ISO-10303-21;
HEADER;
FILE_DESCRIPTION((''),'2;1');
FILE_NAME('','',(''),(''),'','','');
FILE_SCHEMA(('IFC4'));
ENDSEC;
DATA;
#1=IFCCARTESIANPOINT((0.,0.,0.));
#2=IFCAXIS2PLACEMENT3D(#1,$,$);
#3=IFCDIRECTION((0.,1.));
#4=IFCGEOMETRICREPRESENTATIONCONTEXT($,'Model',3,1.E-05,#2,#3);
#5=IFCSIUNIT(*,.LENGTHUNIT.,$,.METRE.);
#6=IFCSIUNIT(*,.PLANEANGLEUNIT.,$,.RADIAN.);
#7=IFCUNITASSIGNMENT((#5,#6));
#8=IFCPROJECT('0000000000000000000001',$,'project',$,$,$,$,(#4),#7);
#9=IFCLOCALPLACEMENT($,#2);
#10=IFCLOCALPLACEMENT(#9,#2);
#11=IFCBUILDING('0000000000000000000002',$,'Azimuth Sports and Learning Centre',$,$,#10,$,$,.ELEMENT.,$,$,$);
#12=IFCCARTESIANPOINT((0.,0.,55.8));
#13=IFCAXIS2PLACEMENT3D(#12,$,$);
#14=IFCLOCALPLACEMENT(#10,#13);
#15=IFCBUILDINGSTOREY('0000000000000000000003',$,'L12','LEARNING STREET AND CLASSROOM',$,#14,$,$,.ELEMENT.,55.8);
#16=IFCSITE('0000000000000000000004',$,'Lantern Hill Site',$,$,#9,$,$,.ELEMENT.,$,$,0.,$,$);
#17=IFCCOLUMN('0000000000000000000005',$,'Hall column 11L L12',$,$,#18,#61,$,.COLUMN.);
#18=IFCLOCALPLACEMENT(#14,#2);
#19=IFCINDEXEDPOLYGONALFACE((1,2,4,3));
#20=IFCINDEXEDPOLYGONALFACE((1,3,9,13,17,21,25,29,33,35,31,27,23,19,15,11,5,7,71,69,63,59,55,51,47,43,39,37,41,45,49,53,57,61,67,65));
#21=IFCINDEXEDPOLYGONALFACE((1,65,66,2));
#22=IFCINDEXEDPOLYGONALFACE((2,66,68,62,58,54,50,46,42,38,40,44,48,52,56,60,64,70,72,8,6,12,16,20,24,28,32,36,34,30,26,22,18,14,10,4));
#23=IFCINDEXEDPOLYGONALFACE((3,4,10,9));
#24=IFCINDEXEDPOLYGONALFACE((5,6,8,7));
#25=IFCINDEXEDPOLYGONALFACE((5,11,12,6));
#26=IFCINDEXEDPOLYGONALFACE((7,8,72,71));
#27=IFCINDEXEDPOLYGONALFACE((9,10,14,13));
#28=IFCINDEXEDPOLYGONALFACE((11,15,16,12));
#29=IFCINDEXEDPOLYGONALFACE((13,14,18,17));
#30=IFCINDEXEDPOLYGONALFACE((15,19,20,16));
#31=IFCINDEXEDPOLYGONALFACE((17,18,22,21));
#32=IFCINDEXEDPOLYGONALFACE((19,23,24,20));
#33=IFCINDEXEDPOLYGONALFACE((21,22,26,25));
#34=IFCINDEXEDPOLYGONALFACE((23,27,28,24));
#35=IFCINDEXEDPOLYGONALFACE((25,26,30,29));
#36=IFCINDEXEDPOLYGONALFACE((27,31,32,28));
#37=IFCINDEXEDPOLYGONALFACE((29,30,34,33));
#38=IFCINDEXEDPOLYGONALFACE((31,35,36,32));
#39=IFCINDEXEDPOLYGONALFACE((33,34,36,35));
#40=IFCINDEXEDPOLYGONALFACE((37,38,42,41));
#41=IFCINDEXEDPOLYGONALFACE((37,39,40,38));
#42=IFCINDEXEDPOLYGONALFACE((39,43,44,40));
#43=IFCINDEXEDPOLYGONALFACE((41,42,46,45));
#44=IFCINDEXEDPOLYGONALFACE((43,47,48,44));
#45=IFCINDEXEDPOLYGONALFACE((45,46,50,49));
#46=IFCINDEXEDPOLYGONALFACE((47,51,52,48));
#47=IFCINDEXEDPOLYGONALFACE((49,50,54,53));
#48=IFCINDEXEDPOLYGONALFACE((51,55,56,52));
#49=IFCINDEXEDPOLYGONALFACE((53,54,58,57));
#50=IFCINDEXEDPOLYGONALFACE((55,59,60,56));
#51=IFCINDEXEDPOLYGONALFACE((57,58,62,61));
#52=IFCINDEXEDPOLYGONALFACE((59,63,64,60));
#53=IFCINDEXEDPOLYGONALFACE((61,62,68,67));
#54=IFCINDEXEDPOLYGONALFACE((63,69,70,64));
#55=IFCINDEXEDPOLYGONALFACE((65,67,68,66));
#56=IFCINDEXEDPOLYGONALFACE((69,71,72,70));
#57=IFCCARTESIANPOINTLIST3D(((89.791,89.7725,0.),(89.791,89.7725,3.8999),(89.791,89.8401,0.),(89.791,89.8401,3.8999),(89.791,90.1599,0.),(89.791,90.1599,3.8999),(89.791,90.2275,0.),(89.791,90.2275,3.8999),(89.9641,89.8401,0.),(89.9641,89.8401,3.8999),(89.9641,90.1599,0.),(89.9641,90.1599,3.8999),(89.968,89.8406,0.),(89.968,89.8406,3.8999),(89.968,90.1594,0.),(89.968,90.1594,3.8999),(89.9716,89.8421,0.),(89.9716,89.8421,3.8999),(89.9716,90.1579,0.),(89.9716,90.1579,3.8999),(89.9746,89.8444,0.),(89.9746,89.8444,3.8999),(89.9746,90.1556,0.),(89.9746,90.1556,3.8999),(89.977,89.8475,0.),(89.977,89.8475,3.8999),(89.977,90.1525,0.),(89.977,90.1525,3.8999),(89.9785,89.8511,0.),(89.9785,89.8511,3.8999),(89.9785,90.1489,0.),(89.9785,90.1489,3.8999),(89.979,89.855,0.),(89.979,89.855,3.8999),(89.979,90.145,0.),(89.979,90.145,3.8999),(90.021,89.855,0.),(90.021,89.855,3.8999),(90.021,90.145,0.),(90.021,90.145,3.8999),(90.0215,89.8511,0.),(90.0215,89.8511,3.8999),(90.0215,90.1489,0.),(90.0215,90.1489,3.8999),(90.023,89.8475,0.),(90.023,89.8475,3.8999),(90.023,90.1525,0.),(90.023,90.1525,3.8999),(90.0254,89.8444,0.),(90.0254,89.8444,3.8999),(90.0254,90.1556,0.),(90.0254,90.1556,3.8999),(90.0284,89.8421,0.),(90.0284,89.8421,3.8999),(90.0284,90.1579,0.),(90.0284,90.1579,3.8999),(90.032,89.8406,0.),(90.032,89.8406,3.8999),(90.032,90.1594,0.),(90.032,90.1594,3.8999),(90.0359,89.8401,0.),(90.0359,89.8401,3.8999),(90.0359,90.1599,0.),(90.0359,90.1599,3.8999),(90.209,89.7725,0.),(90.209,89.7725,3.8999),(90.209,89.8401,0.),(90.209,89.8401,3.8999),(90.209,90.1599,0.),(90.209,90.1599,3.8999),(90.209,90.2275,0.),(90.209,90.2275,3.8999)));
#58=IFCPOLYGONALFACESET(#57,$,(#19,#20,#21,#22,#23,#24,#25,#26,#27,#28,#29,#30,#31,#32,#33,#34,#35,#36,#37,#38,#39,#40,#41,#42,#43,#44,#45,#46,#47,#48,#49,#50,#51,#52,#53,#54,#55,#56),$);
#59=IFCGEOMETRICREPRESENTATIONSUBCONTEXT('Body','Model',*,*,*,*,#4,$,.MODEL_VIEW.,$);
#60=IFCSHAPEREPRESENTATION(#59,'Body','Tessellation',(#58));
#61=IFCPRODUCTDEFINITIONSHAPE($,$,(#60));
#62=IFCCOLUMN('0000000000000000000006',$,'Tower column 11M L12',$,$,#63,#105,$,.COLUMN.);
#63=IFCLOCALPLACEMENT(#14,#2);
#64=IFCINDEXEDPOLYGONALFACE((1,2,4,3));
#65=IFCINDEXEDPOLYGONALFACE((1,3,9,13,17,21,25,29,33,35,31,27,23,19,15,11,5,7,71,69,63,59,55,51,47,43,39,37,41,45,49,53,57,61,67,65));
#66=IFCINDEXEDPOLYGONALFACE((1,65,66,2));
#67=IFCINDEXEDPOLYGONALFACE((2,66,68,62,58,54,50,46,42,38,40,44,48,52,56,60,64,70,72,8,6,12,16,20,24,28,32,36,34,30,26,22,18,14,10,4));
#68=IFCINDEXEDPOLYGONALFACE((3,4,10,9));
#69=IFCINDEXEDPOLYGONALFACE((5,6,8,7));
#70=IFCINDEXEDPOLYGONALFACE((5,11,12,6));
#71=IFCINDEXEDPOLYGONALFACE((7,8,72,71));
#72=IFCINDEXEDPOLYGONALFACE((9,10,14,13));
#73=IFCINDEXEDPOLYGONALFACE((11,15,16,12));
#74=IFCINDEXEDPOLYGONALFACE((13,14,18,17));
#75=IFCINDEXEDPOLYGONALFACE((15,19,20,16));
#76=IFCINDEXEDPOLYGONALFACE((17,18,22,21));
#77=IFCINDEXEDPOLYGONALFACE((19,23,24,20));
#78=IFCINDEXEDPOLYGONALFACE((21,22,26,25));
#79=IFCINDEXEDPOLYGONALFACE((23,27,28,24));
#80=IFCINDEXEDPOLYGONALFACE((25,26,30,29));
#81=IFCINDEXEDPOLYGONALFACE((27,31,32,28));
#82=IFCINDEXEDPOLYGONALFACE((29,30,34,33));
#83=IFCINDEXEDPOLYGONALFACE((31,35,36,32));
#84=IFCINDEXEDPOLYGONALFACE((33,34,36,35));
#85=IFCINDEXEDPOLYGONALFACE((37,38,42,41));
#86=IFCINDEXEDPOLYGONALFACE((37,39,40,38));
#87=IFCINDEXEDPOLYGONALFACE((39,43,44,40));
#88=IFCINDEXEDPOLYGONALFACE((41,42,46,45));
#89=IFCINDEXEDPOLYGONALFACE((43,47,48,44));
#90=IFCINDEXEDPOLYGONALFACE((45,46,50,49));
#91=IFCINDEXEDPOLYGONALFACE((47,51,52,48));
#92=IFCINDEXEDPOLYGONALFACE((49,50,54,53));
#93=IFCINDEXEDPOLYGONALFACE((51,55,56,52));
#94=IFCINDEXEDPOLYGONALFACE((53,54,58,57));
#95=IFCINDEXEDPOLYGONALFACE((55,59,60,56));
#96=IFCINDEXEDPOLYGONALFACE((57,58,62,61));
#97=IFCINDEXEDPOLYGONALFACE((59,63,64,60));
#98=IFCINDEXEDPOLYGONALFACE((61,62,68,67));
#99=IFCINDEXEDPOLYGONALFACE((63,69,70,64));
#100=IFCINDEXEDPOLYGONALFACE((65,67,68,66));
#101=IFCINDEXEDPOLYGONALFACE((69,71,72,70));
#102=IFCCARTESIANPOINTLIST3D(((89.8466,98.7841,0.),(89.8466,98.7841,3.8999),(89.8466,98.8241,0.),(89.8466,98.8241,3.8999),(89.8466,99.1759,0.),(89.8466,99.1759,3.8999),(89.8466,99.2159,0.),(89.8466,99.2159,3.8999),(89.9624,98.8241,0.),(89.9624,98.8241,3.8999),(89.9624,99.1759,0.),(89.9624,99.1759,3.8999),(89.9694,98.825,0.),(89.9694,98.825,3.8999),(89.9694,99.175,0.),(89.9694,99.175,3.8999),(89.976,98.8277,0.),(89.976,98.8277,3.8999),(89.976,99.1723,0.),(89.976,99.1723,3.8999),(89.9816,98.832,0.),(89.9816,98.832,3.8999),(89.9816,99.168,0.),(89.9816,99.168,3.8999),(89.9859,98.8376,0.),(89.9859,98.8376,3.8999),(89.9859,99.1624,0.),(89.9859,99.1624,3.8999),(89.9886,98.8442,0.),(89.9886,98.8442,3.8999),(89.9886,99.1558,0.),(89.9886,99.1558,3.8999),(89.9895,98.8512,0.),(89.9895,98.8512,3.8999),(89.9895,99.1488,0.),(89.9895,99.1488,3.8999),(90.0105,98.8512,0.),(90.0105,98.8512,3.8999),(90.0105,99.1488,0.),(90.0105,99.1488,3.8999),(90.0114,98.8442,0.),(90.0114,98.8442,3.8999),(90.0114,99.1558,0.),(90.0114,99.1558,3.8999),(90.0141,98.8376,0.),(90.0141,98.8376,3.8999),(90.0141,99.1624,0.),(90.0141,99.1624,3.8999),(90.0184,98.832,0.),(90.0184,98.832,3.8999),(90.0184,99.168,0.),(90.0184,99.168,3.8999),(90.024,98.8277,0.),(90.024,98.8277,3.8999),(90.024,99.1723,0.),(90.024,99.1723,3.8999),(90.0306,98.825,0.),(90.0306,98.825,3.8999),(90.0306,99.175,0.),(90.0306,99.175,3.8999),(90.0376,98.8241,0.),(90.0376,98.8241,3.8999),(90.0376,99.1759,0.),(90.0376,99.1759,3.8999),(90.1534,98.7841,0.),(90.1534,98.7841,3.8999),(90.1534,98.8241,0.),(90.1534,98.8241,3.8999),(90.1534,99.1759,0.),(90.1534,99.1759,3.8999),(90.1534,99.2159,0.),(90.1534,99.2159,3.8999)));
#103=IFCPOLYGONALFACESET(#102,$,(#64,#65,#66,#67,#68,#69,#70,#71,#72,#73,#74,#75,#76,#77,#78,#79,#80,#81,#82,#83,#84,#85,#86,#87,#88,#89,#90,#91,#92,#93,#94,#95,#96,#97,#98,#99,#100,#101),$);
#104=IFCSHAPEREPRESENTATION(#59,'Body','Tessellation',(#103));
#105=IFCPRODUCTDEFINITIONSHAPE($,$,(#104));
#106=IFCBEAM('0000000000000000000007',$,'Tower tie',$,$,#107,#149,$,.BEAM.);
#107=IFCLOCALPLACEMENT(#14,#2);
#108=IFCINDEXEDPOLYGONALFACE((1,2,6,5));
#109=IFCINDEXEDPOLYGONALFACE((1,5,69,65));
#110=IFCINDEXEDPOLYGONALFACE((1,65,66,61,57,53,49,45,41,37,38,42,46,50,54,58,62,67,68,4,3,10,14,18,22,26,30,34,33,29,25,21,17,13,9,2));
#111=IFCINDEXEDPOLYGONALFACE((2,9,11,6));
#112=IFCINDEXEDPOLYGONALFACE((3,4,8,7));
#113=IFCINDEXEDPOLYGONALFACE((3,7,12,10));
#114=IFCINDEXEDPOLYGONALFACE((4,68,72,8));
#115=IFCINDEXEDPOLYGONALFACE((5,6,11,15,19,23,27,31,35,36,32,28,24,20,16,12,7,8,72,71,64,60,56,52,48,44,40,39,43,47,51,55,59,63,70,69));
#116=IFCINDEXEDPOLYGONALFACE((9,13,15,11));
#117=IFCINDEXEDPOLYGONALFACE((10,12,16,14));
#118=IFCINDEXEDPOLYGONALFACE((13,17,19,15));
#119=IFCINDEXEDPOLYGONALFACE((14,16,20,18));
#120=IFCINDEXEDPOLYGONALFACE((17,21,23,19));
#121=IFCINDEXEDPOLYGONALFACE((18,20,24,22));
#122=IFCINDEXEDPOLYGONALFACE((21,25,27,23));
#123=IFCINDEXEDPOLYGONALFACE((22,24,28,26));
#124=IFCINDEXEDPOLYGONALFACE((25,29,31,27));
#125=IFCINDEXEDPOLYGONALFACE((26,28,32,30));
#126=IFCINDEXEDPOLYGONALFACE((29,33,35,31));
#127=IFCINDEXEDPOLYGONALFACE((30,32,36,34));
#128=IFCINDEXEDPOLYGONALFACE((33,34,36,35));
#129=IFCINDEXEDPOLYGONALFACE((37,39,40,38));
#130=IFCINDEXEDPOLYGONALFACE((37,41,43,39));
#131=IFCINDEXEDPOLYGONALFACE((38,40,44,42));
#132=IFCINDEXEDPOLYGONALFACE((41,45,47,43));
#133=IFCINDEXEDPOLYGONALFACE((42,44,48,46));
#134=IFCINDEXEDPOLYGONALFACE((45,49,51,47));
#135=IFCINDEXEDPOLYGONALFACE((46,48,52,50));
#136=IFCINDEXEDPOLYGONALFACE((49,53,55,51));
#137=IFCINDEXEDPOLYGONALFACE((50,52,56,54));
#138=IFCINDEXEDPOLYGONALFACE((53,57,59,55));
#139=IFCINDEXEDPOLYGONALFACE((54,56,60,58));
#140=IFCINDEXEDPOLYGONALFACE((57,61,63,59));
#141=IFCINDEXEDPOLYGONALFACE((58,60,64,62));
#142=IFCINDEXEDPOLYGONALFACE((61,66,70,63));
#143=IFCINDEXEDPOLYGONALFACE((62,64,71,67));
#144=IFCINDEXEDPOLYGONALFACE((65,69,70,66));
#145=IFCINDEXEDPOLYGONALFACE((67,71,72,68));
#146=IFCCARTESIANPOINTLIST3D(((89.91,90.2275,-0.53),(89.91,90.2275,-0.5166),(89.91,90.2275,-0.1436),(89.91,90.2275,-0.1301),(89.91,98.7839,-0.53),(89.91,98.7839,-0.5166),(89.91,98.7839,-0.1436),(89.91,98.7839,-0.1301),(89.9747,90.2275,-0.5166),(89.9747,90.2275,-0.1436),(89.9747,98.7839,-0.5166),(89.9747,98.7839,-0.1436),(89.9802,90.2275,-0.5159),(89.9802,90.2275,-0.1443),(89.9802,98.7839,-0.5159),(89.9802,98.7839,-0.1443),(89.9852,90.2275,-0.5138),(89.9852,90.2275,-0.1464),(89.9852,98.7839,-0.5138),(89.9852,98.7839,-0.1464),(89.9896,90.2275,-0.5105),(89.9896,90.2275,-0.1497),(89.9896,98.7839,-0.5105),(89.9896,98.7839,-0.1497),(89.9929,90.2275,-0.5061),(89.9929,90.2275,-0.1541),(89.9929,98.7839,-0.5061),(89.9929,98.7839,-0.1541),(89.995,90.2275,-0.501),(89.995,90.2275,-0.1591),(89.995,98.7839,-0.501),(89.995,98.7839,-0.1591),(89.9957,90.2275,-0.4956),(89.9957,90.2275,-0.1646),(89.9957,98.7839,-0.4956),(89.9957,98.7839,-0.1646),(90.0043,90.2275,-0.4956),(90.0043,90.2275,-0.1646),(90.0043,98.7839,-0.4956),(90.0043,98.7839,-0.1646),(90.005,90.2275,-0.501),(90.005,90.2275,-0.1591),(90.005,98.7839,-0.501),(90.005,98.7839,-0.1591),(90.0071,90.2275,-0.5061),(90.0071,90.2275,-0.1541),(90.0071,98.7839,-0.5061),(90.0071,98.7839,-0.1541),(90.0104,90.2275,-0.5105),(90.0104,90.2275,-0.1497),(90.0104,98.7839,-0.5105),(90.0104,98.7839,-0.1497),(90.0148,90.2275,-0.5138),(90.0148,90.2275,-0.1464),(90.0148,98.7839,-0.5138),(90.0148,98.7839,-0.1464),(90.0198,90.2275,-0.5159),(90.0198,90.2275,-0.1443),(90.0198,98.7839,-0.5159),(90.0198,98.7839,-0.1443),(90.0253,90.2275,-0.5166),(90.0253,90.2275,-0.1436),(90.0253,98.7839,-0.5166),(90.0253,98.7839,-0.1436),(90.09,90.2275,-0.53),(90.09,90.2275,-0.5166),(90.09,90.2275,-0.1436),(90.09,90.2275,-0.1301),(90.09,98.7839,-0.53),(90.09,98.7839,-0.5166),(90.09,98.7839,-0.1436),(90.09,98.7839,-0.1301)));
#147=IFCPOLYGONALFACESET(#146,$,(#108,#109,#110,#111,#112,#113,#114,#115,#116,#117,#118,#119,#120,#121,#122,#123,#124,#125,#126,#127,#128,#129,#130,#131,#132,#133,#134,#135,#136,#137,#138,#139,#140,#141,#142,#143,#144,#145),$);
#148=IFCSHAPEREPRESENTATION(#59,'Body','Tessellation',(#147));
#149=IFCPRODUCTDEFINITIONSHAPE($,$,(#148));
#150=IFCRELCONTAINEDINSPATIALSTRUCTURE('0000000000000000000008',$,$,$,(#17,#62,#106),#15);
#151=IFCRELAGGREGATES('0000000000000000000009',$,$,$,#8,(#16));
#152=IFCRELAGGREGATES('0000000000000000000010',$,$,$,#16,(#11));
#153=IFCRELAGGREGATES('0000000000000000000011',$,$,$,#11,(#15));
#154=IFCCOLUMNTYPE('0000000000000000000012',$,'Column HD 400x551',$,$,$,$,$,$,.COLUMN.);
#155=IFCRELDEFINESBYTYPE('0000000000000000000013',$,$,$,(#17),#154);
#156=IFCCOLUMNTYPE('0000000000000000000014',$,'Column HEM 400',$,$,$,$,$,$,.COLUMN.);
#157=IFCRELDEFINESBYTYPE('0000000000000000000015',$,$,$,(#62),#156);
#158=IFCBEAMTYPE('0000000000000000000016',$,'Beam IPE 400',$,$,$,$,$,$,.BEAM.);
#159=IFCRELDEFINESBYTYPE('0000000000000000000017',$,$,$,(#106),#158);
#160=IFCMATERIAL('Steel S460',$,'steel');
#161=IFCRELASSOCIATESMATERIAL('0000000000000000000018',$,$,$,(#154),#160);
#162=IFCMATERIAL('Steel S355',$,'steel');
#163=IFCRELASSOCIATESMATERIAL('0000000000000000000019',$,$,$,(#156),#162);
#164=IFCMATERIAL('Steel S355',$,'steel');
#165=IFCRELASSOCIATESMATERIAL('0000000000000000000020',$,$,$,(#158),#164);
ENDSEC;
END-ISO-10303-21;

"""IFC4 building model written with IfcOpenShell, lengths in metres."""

from ifc_helpers import new_model, si_unit, direction, frame, origin, origin_2d, place, context, subcontext, project, spatial, i_section, extrude, material, material_profile, profile_set, type_object, element, save


model = new_model("IFC4")

# Units and contexts
model_context = context("Model", 3, precision=1e-05, world=origin(), true_north=direction((0.0, 1.0)))
body_context = subcontext(model_context, "Body", "Model", "MODEL_VIEW")
ifc_project = project(units=[si_unit("LENGTHUNIT", "METRE"), si_unit("PLANEANGLEUNIT", "RADIAN")], contexts=[model_context])

# Site, building, storey
site_placement = place(None, origin())
site = spatial("IfcSite", under=ifc_project, at=site_placement, Name="Lantern Hill Site", CompositionType="ELEMENT", RefElevation=0.0)
building_placement = place(site_placement, origin())
building = spatial("IfcBuilding", under=site, at=building_placement, Name="Azimuth Sports and Learning Centre", CompositionType="ELEMENT")
storey_placement = place(building_placement, frame((0.0, 0.0, 55.8)))
storey = spatial("IfcBuildingStorey", under=building, at=storey_placement, Name="L12", Description="LEARNING STREET AND CLASSROOM", CompositionType="ELEMENT", Elevation=55.8)

# Columns
ifc_material_1 = material(Name="Steel S460", Category="steel")
ifc_material_profile_1 = material_profile(ifc_material_1, i_section(OverallWidth=0.418, OverallDepth=0.4551, WebThickness=0.042, FlangeThickness=0.0676, FilletRadius=0.0149, at=origin_2d()), Name="HD 400x551")
ifc_profile_set_1 = profile_set([ifc_material_profile_1], Name="Steel S460")
column_type_1 = type_object("IfcColumnType", Name="Column HD 400x551", PredefinedType="COLUMN", material=ifc_profile_set_1)
column_1_placement = place(storey_placement, frame((90.0, 90.0, 0.0), z_axis=(0.0, 0.0, 1.0), x_axis=(1.0, 0.0, 0.0)))
element("IfcColumn", 1, at=column_1_placement, inside=storey, type_object=column_type_1, Name="Hall column 11L L12", PredefinedType="COLUMN", context=body_context, shape_type="SweptSolid", body=[
    extrude(i_section(OverallWidth=0.418, OverallDepth=0.4551, WebThickness=0.042, FlangeThickness=0.0676, FilletRadius=0.0149, at=origin_2d()), origin(), (0.0, 0.0, 1.0), 3.8999),
])
ifc_material_2 = material(Name="Steel S355", Category="steel")
ifc_material_profile_2 = material_profile(ifc_material_2, i_section(OverallWidth=0.3069, OverallDepth=0.4319, WebThickness=0.021, FlangeThickness=0.04, FilletRadius=0.0271, at=origin_2d()), Name="HEM 400")
ifc_profile_set_2 = profile_set([ifc_material_profile_2], Name="Steel S355")
column_type_2 = type_object("IfcColumnType", Name="Column HEM 400", PredefinedType="COLUMN", material=ifc_profile_set_2)
column_2_placement = place(storey_placement, frame((90.0, 99.0, 0.0), z_axis=(0.0, 0.0, 1.0), x_axis=(1.0, 0.0, 0.0)))
element("IfcColumn", 2, at=column_2_placement, inside=storey, type_object=column_type_2, Name="Tower column 11M L12", PredefinedType="COLUMN", context=body_context, shape_type="SweptSolid", body=[
    extrude(i_section(OverallWidth=0.3069, OverallDepth=0.4319, WebThickness=0.021, FlangeThickness=0.04, FilletRadius=0.0271, at=origin_2d()), origin(), (0.0, 0.0, 1.0), 3.8999),
])

# Beam
ifc_material_3 = material(Name="Steel S355", Category="steel")
ifc_material_profile_3 = material_profile(ifc_material_3, i_section(OverallWidth=0.1799, OverallDepth=0.3999, WebThickness=0.0085, FlangeThickness=0.0134, FilletRadius=0.021, at=origin_2d()), Name="IPE 400")
ifc_profile_set_3 = profile_set([ifc_material_profile_3], Name="Steel S355")
beam_type_1 = type_object("IfcBeamType", Name="Beam IPE 400", PredefinedType="BEAM", material=ifc_profile_set_3)
beam_1_placement = place(storey_placement, frame((90.0, 90.2275, -0.3301), z_axis=(0.0, 1.0, 0.0), x_axis=(-1.0, 0.0, 0.0)))
element("IfcBeam", 3, at=beam_1_placement, inside=storey, type_object=beam_type_1, Name="Tower tie", PredefinedType="BEAM", context=body_context, shape_type="SweptSolid", body=[
    extrude(i_section(OverallWidth=0.1799, OverallDepth=0.3999, WebThickness=0.0085, FlangeThickness=0.0134, FilletRadius=0.021, at=origin_2d()), origin(), (0.0, 0.0, 1.0), 8.5564),
])

save(model, "model.ifc")
